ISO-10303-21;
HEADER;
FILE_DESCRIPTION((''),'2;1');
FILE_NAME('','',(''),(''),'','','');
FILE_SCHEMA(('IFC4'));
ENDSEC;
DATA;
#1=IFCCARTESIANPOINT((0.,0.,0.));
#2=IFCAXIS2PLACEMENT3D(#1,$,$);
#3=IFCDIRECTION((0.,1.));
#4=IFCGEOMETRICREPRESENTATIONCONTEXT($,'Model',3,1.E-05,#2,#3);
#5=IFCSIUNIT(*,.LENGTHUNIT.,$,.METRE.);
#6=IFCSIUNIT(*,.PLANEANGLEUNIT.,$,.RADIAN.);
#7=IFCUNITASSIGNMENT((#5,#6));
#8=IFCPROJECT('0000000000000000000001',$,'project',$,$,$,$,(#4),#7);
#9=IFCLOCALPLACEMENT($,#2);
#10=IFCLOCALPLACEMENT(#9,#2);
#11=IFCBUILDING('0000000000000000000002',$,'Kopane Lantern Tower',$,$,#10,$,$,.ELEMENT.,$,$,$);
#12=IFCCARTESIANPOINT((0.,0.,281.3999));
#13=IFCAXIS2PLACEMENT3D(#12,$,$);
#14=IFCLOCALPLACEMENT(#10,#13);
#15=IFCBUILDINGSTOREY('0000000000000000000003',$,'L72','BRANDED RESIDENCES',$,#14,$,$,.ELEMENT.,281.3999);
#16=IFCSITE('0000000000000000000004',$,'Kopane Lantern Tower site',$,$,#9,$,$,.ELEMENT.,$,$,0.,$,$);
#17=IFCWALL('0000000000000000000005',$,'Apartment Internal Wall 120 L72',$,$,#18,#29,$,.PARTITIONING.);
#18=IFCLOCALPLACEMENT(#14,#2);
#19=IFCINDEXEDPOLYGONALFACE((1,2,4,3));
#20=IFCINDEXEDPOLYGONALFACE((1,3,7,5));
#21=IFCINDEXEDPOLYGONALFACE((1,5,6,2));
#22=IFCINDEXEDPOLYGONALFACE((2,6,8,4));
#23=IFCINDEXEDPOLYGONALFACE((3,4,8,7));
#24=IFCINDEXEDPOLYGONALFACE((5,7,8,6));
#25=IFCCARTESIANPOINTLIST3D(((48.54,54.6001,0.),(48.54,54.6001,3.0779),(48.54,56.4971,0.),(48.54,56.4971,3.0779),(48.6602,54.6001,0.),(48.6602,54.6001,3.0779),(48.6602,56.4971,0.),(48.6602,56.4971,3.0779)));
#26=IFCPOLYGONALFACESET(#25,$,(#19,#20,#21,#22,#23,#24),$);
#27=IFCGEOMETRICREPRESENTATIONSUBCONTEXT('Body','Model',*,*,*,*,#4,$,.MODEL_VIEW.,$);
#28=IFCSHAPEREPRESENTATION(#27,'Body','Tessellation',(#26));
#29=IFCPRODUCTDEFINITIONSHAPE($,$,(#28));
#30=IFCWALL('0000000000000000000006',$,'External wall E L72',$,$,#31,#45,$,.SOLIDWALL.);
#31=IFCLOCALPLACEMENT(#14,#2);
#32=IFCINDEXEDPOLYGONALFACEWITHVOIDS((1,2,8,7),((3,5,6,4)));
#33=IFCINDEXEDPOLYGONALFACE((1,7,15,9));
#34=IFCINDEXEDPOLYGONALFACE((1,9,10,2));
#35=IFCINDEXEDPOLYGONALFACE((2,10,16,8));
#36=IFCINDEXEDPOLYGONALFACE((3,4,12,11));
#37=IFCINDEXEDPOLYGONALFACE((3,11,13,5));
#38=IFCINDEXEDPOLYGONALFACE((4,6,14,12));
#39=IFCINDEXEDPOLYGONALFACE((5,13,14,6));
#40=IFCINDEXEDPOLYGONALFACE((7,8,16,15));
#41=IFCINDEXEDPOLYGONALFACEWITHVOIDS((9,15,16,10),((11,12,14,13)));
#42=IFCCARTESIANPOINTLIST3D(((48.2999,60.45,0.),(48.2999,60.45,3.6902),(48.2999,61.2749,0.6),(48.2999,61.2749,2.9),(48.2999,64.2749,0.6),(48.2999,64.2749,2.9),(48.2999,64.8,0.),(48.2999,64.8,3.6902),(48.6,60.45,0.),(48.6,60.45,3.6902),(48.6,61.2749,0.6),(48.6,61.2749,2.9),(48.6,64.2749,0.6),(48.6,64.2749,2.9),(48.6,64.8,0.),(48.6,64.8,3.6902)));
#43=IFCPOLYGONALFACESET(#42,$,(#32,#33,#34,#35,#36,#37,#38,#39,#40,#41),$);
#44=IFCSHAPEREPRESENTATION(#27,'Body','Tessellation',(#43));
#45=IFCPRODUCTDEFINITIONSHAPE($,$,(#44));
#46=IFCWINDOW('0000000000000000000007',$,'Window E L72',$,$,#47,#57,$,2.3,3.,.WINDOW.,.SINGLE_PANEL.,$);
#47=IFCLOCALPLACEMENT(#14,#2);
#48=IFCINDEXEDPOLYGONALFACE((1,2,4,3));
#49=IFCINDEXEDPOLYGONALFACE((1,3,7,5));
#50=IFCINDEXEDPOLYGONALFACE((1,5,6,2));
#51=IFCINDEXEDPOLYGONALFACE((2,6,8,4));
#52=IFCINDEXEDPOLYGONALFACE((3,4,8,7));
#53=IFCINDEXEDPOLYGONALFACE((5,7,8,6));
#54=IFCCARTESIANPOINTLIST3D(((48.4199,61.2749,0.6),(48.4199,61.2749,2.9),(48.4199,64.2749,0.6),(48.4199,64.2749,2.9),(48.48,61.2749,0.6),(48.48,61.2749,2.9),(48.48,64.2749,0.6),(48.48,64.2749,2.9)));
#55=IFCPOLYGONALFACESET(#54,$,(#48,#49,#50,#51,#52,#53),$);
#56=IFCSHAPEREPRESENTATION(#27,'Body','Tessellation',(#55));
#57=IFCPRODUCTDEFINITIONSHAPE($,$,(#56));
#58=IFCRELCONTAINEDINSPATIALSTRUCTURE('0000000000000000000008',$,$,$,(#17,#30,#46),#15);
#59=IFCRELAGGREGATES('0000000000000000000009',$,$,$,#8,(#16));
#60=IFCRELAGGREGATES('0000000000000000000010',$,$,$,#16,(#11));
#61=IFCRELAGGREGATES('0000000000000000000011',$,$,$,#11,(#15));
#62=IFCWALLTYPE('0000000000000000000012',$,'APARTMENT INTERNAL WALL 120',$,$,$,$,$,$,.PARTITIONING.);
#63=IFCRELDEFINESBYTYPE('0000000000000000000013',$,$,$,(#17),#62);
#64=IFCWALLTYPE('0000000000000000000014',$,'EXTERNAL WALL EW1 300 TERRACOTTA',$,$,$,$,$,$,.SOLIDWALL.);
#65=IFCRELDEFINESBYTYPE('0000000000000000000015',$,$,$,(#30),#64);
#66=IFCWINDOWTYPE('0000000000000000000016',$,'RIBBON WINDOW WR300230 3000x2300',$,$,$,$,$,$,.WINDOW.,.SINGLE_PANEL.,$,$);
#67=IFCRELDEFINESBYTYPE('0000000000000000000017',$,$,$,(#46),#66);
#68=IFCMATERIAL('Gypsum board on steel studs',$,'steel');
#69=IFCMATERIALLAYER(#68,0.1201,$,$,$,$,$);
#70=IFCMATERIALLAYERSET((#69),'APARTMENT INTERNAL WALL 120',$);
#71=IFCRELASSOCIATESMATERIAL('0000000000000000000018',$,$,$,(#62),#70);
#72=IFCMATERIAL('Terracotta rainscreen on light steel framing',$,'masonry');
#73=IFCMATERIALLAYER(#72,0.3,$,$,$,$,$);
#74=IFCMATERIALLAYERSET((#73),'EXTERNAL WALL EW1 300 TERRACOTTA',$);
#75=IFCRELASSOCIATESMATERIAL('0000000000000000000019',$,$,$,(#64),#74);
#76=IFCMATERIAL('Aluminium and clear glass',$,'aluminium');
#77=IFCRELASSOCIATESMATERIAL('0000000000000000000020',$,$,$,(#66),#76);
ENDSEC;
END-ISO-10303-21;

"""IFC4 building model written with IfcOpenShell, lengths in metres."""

from ifc_helpers import new_model, si_unit, direction, frame, frame_2d, origin, place, context, subcontext, project, spatial, rectangle, extrude, material, layer, layer_set, type_object, element, fill, save


model = new_model("IFC4")

# Units and contexts
model_context = context("Model", 3, precision=1e-05, world=origin(), true_north=direction((0.0, 1.0)))
body_context = subcontext(model_context, "Body", "Model", "MODEL_VIEW")
ifc_project = project(units=[si_unit("LENGTHUNIT", "METRE"), si_unit("PLANEANGLEUNIT", "RADIAN")], contexts=[model_context])

# Site, building, storey
site_placement = place(None, origin())
site = spatial("IfcSite", under=ifc_project, at=site_placement, Name="Kopane Lantern Tower site", CompositionType="ELEMENT", RefElevation=0.0)
building_placement = place(site_placement, origin())
building = spatial("IfcBuilding", under=site, at=building_placement, Name="Kopane Lantern Tower", CompositionType="ELEMENT")
storey_placement = place(building_placement, frame((0.0, 0.0, 281.3999)))
storey = spatial("IfcBuildingStorey", under=building, at=storey_placement, Name="L72", Description="BRANDED RESIDENCES", CompositionType="ELEMENT", Elevation=281.3999)

# Shared definitions
ifc_material_1 = material(Name="Gypsum board on steel studs", Category="steel")
ifc_layer_1 = layer(ifc_material_1, 0.1201)
ifc_layer_set_1 = layer_set([ifc_layer_1], Name="APARTMENT INTERNAL WALL 120")
wall_type_1 = type_object("IfcWallType", Name="APARTMENT INTERNAL WALL 120", PredefinedType="PARTITIONING", material=ifc_layer_set_1)

# Wall
wall_1_placement = place(storey_placement, frame((48.6001, 54.6001, 0.0), z_axis=(0.0, 0.0, 1.0), x_axis=(0.0, 1.0, 0.0)))
element("IfcWall", 1, at=wall_1_placement, inside=storey, type_object=wall_type_1, Name="Apartment Internal Wall 120 L72", PredefinedType="PARTITIONING", context=body_context, shape_type="SweptSolid", body=[
    extrude(rectangle(XDim=1.897, YDim=0.1201, at=frame_2d((0.9485, 0.0))), origin(), (0.0, 0.0, 1.0), 3.0779),
])

# Wall, opening, window
ifc_material_2 = material(Name="Terracotta rainscreen on light steel framing", Category="masonry")
ifc_layer_2 = layer(ifc_material_2, 0.3)
ifc_layer_set_2 = layer_set([ifc_layer_2], Name="EXTERNAL WALL EW1 300 TERRACOTTA")
wall_type_2 = type_object("IfcWallType", Name="EXTERNAL WALL EW1 300 TERRACOTTA", PredefinedType="SOLIDWALL", material=ifc_layer_set_2)
wall_2_placement = place(storey_placement, frame((48.45, 60.45, 0.0), z_axis=(0.0, 0.0, 1.0), x_axis=(0.0, 1.0, 0.0)))
wall_2 = element("IfcWall", 2, at=wall_2_placement, inside=storey, type_object=wall_type_2, Name="External wall E L72", PredefinedType="SOLIDWALL", context=body_context, shape_type="SweptSolid", body=[
    extrude(rectangle(XDim=4.3501, YDim=0.3, at=frame_2d((2.175, 0.0))), origin(), (0.0, 0.0, 1.0), 3.6902),
])
opening_1_placement = place(wall_2_placement, frame((0.825, 0.0, 0.6001)))
opening_1 = element("IfcOpeningElement", 3, at=opening_1_placement, cuts=wall_2, PredefinedType="OPENING", context=body_context, shape_type="SweptSolid", body=[
    extrude(rectangle(XDim=3.0, YDim=2.3, at=frame_2d((1.5, 1.1499))), frame((0.0, 0.1599, 0.0), z_axis=(0.0, -1.0, 0.0), x_axis=(1.0, 0.0, 0.0)), (0.0, 0.0, 1.0), 0.3201),
])
ifc_material_3 = material(Name="Aluminium and clear glass", Category="aluminium")
window_type_1 = type_object("IfcWindowType", Name="RIBBON WINDOW WR300230 3000x2300", PartitioningType="SINGLE_PANEL", PredefinedType="WINDOW", material=ifc_material_3)
window_1_placement = place(opening_1_placement, origin())
window_1 = element("IfcWindow", 4, at=window_1_placement, inside=storey, type_object=window_type_1, Name="Window E L72", OverallHeight=2.3, OverallWidth=3.0, PartitioningType="SINGLE_PANEL", PredefinedType="WINDOW", context=body_context, shape_type="SweptSolid", body=[
    extrude(rectangle(XDim=3.0, YDim=2.3, at=frame_2d((1.5, 1.1499))), frame((0.0, 0.03, 0.0), z_axis=(0.0, -1.0, 0.0), x_axis=(1.0, 0.0, 0.0)), (0.0, 0.0, 1.0), 0.0601),
])
fill(opening_1, window_1)

save(model, "model.ifc")
